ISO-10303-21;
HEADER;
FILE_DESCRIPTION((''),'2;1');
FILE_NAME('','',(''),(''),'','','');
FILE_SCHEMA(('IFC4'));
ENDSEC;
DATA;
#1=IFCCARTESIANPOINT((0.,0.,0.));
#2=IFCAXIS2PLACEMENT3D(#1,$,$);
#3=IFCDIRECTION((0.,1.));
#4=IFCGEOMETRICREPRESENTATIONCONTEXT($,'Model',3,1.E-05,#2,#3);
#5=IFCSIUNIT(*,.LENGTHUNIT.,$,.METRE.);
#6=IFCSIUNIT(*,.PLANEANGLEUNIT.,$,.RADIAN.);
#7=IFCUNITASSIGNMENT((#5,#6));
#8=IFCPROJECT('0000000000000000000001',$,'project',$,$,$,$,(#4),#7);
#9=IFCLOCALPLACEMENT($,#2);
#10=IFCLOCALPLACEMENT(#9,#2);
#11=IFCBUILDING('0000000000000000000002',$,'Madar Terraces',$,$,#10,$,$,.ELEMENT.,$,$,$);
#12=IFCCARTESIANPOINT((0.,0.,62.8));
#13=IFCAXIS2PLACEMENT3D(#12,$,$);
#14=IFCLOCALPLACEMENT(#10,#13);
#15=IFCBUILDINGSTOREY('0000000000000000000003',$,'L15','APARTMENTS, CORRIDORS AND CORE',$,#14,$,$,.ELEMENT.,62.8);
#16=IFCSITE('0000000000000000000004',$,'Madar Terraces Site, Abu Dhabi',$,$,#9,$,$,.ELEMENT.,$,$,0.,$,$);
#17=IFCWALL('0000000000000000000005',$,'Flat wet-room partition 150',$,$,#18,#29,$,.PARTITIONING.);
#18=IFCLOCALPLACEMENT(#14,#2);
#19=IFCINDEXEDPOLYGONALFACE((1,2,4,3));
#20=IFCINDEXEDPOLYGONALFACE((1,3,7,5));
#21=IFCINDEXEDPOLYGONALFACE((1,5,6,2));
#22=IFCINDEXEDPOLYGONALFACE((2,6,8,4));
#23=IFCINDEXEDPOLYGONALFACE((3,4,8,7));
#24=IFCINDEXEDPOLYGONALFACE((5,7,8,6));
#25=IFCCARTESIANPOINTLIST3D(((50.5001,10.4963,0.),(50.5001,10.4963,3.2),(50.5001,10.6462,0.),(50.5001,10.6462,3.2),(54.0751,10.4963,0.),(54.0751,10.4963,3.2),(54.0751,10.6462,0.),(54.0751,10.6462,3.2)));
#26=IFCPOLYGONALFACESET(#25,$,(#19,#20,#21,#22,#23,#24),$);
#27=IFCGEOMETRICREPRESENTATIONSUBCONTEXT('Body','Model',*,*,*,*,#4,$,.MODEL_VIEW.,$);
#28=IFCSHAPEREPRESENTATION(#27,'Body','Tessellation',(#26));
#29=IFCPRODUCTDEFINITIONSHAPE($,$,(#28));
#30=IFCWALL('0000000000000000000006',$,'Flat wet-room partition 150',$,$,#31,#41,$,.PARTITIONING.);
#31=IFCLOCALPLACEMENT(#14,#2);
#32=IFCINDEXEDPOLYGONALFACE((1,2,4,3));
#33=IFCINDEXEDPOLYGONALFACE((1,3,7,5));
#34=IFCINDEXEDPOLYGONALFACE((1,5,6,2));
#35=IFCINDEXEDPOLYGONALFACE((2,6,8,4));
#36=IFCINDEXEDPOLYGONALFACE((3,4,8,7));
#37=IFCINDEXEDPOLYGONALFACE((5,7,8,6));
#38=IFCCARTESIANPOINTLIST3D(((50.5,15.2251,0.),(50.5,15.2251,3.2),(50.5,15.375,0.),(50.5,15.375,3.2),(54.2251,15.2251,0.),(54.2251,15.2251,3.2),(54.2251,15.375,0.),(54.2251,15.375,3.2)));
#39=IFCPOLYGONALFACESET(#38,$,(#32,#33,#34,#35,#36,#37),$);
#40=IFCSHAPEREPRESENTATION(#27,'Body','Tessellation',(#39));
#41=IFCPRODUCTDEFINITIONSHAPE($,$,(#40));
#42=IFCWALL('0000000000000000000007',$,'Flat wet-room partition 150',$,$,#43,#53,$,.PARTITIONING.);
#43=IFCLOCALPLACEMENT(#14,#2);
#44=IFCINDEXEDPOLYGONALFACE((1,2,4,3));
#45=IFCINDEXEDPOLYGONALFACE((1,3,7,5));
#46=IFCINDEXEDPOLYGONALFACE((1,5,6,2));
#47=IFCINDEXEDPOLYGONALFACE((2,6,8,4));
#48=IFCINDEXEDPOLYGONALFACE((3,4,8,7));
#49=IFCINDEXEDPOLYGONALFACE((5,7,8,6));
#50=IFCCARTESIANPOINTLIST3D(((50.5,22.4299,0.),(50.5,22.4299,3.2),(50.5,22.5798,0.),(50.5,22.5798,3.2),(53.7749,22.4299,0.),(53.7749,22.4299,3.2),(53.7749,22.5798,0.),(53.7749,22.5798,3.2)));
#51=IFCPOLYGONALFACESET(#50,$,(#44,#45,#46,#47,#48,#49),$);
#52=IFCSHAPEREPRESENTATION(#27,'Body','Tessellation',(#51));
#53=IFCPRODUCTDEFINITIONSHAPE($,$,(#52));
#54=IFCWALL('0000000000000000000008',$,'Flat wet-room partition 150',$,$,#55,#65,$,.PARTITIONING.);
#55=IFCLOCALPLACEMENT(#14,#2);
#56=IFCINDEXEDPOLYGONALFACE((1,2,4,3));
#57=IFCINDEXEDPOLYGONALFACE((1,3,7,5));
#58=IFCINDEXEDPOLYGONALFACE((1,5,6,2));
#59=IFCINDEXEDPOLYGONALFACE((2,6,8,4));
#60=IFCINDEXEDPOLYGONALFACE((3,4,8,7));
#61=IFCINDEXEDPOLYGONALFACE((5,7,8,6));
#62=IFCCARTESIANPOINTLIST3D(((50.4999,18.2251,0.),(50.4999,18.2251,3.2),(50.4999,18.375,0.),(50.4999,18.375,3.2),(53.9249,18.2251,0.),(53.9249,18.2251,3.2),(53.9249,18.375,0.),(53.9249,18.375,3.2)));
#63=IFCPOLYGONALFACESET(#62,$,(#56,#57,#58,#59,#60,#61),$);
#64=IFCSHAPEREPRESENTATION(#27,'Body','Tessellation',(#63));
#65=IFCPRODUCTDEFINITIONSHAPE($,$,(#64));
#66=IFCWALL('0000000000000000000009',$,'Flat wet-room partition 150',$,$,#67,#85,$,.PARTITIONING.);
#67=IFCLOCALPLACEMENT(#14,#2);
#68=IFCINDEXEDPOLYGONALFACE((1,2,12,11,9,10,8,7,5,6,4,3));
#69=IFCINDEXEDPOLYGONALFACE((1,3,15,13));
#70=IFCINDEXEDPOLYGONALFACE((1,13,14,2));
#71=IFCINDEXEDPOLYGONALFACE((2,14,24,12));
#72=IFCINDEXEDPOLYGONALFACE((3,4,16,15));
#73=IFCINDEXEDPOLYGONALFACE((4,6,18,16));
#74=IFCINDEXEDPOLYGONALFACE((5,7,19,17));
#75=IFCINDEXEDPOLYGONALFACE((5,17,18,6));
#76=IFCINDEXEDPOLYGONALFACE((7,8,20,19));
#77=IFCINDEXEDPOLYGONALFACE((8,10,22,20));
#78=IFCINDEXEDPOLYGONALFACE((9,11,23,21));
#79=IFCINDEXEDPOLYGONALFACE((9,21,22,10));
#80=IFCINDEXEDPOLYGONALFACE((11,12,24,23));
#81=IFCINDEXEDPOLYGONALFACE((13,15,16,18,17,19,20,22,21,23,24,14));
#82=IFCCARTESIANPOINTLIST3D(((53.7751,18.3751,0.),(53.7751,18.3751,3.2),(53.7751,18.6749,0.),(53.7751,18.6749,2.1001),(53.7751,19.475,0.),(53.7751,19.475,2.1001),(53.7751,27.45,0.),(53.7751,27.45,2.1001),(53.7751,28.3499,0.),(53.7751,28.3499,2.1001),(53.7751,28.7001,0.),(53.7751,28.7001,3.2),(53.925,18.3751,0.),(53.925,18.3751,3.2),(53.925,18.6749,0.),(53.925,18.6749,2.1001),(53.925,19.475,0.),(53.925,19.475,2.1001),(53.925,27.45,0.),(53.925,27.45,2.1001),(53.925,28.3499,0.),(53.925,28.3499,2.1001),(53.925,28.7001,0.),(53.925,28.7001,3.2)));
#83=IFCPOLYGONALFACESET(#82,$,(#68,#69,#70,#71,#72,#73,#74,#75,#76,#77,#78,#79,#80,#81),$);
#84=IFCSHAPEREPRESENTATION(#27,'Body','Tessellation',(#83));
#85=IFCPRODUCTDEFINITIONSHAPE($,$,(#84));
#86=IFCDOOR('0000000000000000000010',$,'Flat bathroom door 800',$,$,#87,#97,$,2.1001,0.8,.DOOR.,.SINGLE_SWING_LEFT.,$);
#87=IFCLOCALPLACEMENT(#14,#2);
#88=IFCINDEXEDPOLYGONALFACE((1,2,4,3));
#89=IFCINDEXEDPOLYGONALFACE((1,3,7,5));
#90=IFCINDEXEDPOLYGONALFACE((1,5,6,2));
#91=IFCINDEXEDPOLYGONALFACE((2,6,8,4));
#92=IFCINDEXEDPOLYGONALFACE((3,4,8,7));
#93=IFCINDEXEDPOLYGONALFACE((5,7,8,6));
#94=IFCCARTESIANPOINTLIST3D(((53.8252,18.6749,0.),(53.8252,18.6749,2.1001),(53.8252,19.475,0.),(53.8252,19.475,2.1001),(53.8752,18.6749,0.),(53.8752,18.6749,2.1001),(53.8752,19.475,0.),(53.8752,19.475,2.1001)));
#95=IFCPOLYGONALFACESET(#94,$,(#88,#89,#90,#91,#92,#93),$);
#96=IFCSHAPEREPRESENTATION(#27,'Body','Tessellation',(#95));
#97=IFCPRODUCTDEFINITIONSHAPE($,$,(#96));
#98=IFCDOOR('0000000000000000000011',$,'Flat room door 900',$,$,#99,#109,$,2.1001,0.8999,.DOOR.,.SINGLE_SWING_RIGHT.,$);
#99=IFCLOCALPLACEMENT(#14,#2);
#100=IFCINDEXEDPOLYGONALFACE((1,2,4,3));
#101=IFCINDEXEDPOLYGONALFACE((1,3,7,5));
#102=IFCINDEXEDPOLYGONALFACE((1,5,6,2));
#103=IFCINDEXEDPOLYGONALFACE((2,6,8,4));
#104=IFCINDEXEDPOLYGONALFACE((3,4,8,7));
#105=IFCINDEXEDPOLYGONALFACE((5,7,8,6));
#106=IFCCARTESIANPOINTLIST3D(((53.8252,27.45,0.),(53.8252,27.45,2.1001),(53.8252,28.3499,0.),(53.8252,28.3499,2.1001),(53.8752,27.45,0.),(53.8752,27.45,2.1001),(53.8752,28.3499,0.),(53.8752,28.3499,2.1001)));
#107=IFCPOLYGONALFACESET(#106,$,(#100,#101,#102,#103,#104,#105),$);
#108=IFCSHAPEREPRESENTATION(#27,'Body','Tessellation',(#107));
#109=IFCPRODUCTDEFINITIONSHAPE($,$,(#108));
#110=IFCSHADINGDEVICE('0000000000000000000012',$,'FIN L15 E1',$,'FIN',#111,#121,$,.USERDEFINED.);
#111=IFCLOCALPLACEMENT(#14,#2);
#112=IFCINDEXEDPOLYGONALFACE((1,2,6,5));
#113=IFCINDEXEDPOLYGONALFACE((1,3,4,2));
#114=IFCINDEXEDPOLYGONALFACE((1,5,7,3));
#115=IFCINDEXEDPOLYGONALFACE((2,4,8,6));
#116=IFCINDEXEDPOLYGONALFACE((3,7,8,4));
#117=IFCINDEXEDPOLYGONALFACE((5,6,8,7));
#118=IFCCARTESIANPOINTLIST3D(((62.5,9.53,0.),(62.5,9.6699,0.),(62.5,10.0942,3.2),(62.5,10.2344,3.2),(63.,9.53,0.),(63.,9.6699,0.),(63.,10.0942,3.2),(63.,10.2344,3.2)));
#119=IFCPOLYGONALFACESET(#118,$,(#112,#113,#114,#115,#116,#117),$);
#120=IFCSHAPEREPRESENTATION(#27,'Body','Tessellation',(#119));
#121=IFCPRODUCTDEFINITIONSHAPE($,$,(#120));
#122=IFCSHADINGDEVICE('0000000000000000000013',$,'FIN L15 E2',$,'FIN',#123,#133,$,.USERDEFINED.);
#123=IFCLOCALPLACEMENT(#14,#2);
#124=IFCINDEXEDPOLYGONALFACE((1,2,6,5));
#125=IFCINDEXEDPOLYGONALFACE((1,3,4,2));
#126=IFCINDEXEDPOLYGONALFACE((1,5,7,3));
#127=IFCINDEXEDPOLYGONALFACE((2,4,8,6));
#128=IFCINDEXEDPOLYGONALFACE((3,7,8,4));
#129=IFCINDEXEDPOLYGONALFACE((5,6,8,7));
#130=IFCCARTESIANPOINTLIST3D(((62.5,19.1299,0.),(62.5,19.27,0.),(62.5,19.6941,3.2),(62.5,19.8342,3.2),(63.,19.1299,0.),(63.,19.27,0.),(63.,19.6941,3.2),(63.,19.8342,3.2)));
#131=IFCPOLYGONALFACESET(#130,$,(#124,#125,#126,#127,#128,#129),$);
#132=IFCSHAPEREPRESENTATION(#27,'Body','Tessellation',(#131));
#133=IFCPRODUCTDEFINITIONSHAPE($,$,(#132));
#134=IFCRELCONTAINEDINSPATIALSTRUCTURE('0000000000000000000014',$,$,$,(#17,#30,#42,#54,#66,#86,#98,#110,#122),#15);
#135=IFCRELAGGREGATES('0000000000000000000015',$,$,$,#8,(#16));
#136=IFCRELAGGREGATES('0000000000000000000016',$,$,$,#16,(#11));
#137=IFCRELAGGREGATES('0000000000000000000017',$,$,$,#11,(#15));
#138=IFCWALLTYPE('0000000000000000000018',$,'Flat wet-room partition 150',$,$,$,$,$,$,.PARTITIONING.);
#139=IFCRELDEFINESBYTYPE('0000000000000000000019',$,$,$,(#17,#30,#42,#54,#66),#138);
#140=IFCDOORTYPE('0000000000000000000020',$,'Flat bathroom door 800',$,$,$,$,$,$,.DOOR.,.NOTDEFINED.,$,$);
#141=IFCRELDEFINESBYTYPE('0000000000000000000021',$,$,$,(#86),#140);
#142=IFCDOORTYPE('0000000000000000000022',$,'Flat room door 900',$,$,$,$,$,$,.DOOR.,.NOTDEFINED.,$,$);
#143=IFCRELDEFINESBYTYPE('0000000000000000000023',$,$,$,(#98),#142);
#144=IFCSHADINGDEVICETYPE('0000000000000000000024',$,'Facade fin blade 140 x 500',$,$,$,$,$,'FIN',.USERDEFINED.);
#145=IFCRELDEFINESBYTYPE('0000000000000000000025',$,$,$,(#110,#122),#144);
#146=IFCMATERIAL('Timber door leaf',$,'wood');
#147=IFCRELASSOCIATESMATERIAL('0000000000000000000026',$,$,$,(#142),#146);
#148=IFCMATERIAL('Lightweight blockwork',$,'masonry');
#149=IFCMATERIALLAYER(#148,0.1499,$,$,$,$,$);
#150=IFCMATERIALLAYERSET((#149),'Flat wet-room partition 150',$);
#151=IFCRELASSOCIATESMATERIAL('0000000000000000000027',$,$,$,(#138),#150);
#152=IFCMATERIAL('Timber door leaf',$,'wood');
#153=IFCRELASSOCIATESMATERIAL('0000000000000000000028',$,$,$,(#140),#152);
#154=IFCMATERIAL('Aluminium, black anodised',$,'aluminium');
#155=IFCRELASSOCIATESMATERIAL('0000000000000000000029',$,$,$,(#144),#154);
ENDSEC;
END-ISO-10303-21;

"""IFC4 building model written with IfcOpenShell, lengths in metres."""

from ifc_helpers import new_model, si_unit, direction, frame, frame_2d, origin, place, context, subcontext, project, spatial, polyline, rectangle, outline, extrude, material, layer, layer_set, type_object, element, fill, save


model = new_model("IFC4")

# Units and contexts
model_context = context("Model", 3, precision=1e-05, world=origin(), true_north=direction((0.0, 1.0)))
body_context = subcontext(model_context, "Body", "Model", "MODEL_VIEW")
ifc_project = project(units=[si_unit("LENGTHUNIT", "METRE"), si_unit("PLANEANGLEUNIT", "RADIAN")], contexts=[model_context])

# Site, building, storey
site_placement = place(None, origin())
site = spatial("IfcSite", under=ifc_project, at=site_placement, Name="Madar Terraces Site, Abu Dhabi", CompositionType="ELEMENT", RefElevation=0.0)
building_placement = place(site_placement, origin())
building = spatial("IfcBuilding", under=site, at=building_placement, Name="Madar Terraces", CompositionType="ELEMENT")
storey_placement = place(building_placement, frame((0.0, 0.0, 62.8)))
storey = spatial("IfcBuildingStorey", under=building, at=storey_placement, Name="L15", Description="APARTMENTS, CORRIDORS AND CORE", CompositionType="ELEMENT", Elevation=62.8)

# Shared definitions
ifc_material_1 = material(Name="Timber door leaf", Category="wood")
door_type_1 = type_object("IfcDoorType", Name="Flat room door 900", OperationType="NOTDEFINED", PredefinedType="DOOR", material=ifc_material_1)

# Walls
ifc_material_2 = material(Name="Lightweight blockwork", Category="masonry")
ifc_layer_1 = layer(ifc_material_2, 0.1499)
ifc_layer_set_1 = layer_set([ifc_layer_1], Name="Flat wet-room partition 150")
wall_type_1 = type_object("IfcWallType", Name="Flat wet-room partition 150", PredefinedType="PARTITIONING", material=ifc_layer_set_1)
wall_1_placement = place(storey_placement, frame((50.5, 10.5713, 0.0), z_axis=(0.0, 0.0, 1.0), x_axis=(1.0, 0.0, 0.0)))
element("IfcWall", 1, at=wall_1_placement, inside=storey, type_object=wall_type_1, Name="Flat wet-room partition 150", PredefinedType="PARTITIONING", context=body_context, shape_type="SweptSolid", body=[
    extrude(rectangle(XDim=3.575, YDim=0.1499, at=frame_2d((1.7876, 0.0))), origin(), (0.0, 0.0, 1.0), 3.2),
])
wall_2_placement = place(storey_placement, frame((50.5, 15.3, 0.0), z_axis=(0.0, 0.0, 1.0), x_axis=(1.0, 0.0, 0.0)))
element("IfcWall", 2, at=wall_2_placement, inside=storey, type_object=wall_type_1, Name="Flat wet-room partition 150", PredefinedType="PARTITIONING", context=body_context, shape_type="SweptSolid", body=[
    extrude(rectangle(XDim=3.7251, YDim=0.1499, at=frame_2d((1.8625, 0.0))), origin(), (0.0, 0.0, 1.0), 3.2),
])
wall_3_placement = place(storey_placement, frame((50.5, 22.5049, 0.0), z_axis=(0.0, 0.0, 1.0), x_axis=(1.0, 0.0, 0.0)))
element("IfcWall", 3, at=wall_3_placement, inside=storey, type_object=wall_type_1, Name="Flat wet-room partition 150", PredefinedType="PARTITIONING", context=body_context, shape_type="SweptSolid", body=[
    extrude(rectangle(XDim=3.2749, YDim=0.1499, at=frame_2d((1.6375, 0.0))), origin(), (0.0, 0.0, 1.0), 3.2),
])
wall_4_placement = place(storey_placement, frame((50.5, 18.3, 0.0), z_axis=(0.0, 0.0, 1.0), x_axis=(1.0, 0.0, 0.0)))
element("IfcWall", 4, at=wall_4_placement, inside=storey, type_object=wall_type_1, Name="Flat wet-room partition 150", PredefinedType="PARTITIONING", context=body_context, shape_type="SweptSolid", body=[
    extrude(rectangle(XDim=3.425, YDim=0.1499, at=frame_2d((1.7124, 0.0))), origin(), (0.0, 0.0, 1.0), 3.2),
])

# Wall, openings, doors
wall_5_placement = place(storey_placement, frame((53.8501, 18.375, 0.0), z_axis=(0.0, 0.0, 1.0), x_axis=(0.0, 1.0, 0.0)))
wall_5 = element("IfcWall", 5, at=wall_5_placement, inside=storey, type_object=wall_type_1, Name="Flat wet-room partition 150", PredefinedType="PARTITIONING", context=body_context, shape_type="SweptSolid", body=[
    extrude(rectangle(XDim=10.325, YDim=0.1499, at=frame_2d((5.1626, 0.0))), origin(), (0.0, 0.0, 1.0), 3.2),
])
opening_1_placement = place(wall_5_placement, frame((0.3, 0.0, 0.0)))
opening_1 = element("IfcOpeningElement", 6, at=opening_1_placement, cuts=wall_5, PredefinedType="OPENING", context=body_context, shape_type="SweptSolid", body=[
    extrude(rectangle(XDim=0.8, YDim=2.1001, at=frame_2d((0.3999, 1.05))), frame((0.0, 0.085, 0.0), z_axis=(0.0, -1.0, 0.0), x_axis=(1.0, 0.0, 0.0)), (0.0, 0.0, 1.0), 0.1699),
])
opening_2_placement = place(wall_5_placement, frame((9.075, 0.0, 0.0)))
opening_2 = element("IfcOpeningElement", 7, at=opening_2_placement, cuts=wall_5, PredefinedType="OPENING", context=body_context, shape_type="SweptSolid", body=[
    extrude(rectangle(XDim=0.8999, YDim=2.1001, at=frame_2d((0.45, 1.05))), frame((0.0, 0.085, 0.0), z_axis=(0.0, -1.0, 0.0), x_axis=(1.0, 0.0, 0.0)), (0.0, 0.0, 1.0), 0.1699),
])
ifc_material_3 = material(Name="Timber door leaf", Category="wood")
door_type_2 = type_object("IfcDoorType", Name="Flat bathroom door 800", OperationType="NOTDEFINED", PredefinedType="DOOR", material=ifc_material_3)
door_1_placement = place(opening_1_placement, origin())
door_1 = element("IfcDoor", 8, at=door_1_placement, inside=storey, type_object=door_type_2, Name="Flat bathroom door 800", OperationType="SINGLE_SWING_LEFT", OverallHeight=2.1001, OverallWidth=0.8, PredefinedType="DOOR", context=body_context, shape_type="SweptSolid", body=[
    extrude(rectangle(XDim=0.8, YDim=2.1001, at=frame_2d((0.3999, 1.05))), frame((0.0, 0.0249, 0.0), z_axis=(0.0, -1.0, 0.0), x_axis=(1.0, 0.0, 0.0)), (0.0, 0.0, 1.0), 0.05),
])
fill(opening_1, door_1)
door_2_placement = place(opening_2_placement, origin())
door_2 = element("IfcDoor", 9, at=door_2_placement, inside=storey, type_object=door_type_1, Name="Flat room door 900", OperationType="SINGLE_SWING_RIGHT", OverallHeight=2.1001, OverallWidth=0.8999, PredefinedType="DOOR", context=body_context, shape_type="SweptSolid", body=[
    extrude(rectangle(XDim=0.8999, YDim=2.1001, at=frame_2d((0.45, 1.05))), frame((0.0, 0.0249, 0.0), z_axis=(0.0, -1.0, 0.0), x_axis=(1.0, 0.0, 0.0)), (0.0, 0.0, 1.0), 0.05),
])
fill(opening_2, door_2)

# Shading devices
ifc_material_4 = material(Name="Aluminium, black anodised", Category="aluminium")
shading_device_type = type_object("IfcShadingDeviceType", Name="Facade fin blade 140 x 500", ElementType="FIN", PredefinedType="USERDEFINED", material=ifc_material_4)
shading_device_1_placement = place(storey_placement, frame((62.75, 9.53, 0.0), z_axis=(0.0, 0.0, 1.0), x_axis=(0.0, 1.0, 0.0)))
element("IfcShadingDevice", 10, at=shading_device_1_placement, inside=storey, type_object=shading_device_type, Name="FIN L15 E1", ObjectType="FIN", PredefinedType="USERDEFINED", context=body_context, shape_type="SweptSolid", body=[
    extrude(outline(polyline([(0.0, 0.0), (0.1399, 0.0), (0.7043, 3.2), (0.5642, 3.2), (0.0, 0.0)])), frame((0.0, 0.25, 0.0), z_axis=(0.0, -1.0, 0.0), x_axis=(1.0, 0.0, 0.0)), (0.0, 0.0, 1.0), 0.5),
])
shading_device_2_placement = place(storey_placement, frame((62.75, 19.1299, 0.0), z_axis=(0.0, 0.0, 1.0), x_axis=(0.0, 1.0, 0.0)))
element("IfcShadingDevice", 11, at=shading_device_2_placement, inside=storey, type_object=shading_device_type, Name="FIN L15 E2", ObjectType="FIN", PredefinedType="USERDEFINED", context=body_context, shape_type="SweptSolid", body=[
    extrude(outline(polyline([(0.0, 0.0), (0.1401, 0.0), (0.7043, 3.2), (0.5642, 3.2), (0.0, 0.0)])), frame((0.0, 0.25, 0.0), z_axis=(0.0, -1.0, 0.0), x_axis=(1.0, 0.0, 0.0)), (0.0, 0.0, 1.0), 0.5),
])

save(model, "model.ifc")
